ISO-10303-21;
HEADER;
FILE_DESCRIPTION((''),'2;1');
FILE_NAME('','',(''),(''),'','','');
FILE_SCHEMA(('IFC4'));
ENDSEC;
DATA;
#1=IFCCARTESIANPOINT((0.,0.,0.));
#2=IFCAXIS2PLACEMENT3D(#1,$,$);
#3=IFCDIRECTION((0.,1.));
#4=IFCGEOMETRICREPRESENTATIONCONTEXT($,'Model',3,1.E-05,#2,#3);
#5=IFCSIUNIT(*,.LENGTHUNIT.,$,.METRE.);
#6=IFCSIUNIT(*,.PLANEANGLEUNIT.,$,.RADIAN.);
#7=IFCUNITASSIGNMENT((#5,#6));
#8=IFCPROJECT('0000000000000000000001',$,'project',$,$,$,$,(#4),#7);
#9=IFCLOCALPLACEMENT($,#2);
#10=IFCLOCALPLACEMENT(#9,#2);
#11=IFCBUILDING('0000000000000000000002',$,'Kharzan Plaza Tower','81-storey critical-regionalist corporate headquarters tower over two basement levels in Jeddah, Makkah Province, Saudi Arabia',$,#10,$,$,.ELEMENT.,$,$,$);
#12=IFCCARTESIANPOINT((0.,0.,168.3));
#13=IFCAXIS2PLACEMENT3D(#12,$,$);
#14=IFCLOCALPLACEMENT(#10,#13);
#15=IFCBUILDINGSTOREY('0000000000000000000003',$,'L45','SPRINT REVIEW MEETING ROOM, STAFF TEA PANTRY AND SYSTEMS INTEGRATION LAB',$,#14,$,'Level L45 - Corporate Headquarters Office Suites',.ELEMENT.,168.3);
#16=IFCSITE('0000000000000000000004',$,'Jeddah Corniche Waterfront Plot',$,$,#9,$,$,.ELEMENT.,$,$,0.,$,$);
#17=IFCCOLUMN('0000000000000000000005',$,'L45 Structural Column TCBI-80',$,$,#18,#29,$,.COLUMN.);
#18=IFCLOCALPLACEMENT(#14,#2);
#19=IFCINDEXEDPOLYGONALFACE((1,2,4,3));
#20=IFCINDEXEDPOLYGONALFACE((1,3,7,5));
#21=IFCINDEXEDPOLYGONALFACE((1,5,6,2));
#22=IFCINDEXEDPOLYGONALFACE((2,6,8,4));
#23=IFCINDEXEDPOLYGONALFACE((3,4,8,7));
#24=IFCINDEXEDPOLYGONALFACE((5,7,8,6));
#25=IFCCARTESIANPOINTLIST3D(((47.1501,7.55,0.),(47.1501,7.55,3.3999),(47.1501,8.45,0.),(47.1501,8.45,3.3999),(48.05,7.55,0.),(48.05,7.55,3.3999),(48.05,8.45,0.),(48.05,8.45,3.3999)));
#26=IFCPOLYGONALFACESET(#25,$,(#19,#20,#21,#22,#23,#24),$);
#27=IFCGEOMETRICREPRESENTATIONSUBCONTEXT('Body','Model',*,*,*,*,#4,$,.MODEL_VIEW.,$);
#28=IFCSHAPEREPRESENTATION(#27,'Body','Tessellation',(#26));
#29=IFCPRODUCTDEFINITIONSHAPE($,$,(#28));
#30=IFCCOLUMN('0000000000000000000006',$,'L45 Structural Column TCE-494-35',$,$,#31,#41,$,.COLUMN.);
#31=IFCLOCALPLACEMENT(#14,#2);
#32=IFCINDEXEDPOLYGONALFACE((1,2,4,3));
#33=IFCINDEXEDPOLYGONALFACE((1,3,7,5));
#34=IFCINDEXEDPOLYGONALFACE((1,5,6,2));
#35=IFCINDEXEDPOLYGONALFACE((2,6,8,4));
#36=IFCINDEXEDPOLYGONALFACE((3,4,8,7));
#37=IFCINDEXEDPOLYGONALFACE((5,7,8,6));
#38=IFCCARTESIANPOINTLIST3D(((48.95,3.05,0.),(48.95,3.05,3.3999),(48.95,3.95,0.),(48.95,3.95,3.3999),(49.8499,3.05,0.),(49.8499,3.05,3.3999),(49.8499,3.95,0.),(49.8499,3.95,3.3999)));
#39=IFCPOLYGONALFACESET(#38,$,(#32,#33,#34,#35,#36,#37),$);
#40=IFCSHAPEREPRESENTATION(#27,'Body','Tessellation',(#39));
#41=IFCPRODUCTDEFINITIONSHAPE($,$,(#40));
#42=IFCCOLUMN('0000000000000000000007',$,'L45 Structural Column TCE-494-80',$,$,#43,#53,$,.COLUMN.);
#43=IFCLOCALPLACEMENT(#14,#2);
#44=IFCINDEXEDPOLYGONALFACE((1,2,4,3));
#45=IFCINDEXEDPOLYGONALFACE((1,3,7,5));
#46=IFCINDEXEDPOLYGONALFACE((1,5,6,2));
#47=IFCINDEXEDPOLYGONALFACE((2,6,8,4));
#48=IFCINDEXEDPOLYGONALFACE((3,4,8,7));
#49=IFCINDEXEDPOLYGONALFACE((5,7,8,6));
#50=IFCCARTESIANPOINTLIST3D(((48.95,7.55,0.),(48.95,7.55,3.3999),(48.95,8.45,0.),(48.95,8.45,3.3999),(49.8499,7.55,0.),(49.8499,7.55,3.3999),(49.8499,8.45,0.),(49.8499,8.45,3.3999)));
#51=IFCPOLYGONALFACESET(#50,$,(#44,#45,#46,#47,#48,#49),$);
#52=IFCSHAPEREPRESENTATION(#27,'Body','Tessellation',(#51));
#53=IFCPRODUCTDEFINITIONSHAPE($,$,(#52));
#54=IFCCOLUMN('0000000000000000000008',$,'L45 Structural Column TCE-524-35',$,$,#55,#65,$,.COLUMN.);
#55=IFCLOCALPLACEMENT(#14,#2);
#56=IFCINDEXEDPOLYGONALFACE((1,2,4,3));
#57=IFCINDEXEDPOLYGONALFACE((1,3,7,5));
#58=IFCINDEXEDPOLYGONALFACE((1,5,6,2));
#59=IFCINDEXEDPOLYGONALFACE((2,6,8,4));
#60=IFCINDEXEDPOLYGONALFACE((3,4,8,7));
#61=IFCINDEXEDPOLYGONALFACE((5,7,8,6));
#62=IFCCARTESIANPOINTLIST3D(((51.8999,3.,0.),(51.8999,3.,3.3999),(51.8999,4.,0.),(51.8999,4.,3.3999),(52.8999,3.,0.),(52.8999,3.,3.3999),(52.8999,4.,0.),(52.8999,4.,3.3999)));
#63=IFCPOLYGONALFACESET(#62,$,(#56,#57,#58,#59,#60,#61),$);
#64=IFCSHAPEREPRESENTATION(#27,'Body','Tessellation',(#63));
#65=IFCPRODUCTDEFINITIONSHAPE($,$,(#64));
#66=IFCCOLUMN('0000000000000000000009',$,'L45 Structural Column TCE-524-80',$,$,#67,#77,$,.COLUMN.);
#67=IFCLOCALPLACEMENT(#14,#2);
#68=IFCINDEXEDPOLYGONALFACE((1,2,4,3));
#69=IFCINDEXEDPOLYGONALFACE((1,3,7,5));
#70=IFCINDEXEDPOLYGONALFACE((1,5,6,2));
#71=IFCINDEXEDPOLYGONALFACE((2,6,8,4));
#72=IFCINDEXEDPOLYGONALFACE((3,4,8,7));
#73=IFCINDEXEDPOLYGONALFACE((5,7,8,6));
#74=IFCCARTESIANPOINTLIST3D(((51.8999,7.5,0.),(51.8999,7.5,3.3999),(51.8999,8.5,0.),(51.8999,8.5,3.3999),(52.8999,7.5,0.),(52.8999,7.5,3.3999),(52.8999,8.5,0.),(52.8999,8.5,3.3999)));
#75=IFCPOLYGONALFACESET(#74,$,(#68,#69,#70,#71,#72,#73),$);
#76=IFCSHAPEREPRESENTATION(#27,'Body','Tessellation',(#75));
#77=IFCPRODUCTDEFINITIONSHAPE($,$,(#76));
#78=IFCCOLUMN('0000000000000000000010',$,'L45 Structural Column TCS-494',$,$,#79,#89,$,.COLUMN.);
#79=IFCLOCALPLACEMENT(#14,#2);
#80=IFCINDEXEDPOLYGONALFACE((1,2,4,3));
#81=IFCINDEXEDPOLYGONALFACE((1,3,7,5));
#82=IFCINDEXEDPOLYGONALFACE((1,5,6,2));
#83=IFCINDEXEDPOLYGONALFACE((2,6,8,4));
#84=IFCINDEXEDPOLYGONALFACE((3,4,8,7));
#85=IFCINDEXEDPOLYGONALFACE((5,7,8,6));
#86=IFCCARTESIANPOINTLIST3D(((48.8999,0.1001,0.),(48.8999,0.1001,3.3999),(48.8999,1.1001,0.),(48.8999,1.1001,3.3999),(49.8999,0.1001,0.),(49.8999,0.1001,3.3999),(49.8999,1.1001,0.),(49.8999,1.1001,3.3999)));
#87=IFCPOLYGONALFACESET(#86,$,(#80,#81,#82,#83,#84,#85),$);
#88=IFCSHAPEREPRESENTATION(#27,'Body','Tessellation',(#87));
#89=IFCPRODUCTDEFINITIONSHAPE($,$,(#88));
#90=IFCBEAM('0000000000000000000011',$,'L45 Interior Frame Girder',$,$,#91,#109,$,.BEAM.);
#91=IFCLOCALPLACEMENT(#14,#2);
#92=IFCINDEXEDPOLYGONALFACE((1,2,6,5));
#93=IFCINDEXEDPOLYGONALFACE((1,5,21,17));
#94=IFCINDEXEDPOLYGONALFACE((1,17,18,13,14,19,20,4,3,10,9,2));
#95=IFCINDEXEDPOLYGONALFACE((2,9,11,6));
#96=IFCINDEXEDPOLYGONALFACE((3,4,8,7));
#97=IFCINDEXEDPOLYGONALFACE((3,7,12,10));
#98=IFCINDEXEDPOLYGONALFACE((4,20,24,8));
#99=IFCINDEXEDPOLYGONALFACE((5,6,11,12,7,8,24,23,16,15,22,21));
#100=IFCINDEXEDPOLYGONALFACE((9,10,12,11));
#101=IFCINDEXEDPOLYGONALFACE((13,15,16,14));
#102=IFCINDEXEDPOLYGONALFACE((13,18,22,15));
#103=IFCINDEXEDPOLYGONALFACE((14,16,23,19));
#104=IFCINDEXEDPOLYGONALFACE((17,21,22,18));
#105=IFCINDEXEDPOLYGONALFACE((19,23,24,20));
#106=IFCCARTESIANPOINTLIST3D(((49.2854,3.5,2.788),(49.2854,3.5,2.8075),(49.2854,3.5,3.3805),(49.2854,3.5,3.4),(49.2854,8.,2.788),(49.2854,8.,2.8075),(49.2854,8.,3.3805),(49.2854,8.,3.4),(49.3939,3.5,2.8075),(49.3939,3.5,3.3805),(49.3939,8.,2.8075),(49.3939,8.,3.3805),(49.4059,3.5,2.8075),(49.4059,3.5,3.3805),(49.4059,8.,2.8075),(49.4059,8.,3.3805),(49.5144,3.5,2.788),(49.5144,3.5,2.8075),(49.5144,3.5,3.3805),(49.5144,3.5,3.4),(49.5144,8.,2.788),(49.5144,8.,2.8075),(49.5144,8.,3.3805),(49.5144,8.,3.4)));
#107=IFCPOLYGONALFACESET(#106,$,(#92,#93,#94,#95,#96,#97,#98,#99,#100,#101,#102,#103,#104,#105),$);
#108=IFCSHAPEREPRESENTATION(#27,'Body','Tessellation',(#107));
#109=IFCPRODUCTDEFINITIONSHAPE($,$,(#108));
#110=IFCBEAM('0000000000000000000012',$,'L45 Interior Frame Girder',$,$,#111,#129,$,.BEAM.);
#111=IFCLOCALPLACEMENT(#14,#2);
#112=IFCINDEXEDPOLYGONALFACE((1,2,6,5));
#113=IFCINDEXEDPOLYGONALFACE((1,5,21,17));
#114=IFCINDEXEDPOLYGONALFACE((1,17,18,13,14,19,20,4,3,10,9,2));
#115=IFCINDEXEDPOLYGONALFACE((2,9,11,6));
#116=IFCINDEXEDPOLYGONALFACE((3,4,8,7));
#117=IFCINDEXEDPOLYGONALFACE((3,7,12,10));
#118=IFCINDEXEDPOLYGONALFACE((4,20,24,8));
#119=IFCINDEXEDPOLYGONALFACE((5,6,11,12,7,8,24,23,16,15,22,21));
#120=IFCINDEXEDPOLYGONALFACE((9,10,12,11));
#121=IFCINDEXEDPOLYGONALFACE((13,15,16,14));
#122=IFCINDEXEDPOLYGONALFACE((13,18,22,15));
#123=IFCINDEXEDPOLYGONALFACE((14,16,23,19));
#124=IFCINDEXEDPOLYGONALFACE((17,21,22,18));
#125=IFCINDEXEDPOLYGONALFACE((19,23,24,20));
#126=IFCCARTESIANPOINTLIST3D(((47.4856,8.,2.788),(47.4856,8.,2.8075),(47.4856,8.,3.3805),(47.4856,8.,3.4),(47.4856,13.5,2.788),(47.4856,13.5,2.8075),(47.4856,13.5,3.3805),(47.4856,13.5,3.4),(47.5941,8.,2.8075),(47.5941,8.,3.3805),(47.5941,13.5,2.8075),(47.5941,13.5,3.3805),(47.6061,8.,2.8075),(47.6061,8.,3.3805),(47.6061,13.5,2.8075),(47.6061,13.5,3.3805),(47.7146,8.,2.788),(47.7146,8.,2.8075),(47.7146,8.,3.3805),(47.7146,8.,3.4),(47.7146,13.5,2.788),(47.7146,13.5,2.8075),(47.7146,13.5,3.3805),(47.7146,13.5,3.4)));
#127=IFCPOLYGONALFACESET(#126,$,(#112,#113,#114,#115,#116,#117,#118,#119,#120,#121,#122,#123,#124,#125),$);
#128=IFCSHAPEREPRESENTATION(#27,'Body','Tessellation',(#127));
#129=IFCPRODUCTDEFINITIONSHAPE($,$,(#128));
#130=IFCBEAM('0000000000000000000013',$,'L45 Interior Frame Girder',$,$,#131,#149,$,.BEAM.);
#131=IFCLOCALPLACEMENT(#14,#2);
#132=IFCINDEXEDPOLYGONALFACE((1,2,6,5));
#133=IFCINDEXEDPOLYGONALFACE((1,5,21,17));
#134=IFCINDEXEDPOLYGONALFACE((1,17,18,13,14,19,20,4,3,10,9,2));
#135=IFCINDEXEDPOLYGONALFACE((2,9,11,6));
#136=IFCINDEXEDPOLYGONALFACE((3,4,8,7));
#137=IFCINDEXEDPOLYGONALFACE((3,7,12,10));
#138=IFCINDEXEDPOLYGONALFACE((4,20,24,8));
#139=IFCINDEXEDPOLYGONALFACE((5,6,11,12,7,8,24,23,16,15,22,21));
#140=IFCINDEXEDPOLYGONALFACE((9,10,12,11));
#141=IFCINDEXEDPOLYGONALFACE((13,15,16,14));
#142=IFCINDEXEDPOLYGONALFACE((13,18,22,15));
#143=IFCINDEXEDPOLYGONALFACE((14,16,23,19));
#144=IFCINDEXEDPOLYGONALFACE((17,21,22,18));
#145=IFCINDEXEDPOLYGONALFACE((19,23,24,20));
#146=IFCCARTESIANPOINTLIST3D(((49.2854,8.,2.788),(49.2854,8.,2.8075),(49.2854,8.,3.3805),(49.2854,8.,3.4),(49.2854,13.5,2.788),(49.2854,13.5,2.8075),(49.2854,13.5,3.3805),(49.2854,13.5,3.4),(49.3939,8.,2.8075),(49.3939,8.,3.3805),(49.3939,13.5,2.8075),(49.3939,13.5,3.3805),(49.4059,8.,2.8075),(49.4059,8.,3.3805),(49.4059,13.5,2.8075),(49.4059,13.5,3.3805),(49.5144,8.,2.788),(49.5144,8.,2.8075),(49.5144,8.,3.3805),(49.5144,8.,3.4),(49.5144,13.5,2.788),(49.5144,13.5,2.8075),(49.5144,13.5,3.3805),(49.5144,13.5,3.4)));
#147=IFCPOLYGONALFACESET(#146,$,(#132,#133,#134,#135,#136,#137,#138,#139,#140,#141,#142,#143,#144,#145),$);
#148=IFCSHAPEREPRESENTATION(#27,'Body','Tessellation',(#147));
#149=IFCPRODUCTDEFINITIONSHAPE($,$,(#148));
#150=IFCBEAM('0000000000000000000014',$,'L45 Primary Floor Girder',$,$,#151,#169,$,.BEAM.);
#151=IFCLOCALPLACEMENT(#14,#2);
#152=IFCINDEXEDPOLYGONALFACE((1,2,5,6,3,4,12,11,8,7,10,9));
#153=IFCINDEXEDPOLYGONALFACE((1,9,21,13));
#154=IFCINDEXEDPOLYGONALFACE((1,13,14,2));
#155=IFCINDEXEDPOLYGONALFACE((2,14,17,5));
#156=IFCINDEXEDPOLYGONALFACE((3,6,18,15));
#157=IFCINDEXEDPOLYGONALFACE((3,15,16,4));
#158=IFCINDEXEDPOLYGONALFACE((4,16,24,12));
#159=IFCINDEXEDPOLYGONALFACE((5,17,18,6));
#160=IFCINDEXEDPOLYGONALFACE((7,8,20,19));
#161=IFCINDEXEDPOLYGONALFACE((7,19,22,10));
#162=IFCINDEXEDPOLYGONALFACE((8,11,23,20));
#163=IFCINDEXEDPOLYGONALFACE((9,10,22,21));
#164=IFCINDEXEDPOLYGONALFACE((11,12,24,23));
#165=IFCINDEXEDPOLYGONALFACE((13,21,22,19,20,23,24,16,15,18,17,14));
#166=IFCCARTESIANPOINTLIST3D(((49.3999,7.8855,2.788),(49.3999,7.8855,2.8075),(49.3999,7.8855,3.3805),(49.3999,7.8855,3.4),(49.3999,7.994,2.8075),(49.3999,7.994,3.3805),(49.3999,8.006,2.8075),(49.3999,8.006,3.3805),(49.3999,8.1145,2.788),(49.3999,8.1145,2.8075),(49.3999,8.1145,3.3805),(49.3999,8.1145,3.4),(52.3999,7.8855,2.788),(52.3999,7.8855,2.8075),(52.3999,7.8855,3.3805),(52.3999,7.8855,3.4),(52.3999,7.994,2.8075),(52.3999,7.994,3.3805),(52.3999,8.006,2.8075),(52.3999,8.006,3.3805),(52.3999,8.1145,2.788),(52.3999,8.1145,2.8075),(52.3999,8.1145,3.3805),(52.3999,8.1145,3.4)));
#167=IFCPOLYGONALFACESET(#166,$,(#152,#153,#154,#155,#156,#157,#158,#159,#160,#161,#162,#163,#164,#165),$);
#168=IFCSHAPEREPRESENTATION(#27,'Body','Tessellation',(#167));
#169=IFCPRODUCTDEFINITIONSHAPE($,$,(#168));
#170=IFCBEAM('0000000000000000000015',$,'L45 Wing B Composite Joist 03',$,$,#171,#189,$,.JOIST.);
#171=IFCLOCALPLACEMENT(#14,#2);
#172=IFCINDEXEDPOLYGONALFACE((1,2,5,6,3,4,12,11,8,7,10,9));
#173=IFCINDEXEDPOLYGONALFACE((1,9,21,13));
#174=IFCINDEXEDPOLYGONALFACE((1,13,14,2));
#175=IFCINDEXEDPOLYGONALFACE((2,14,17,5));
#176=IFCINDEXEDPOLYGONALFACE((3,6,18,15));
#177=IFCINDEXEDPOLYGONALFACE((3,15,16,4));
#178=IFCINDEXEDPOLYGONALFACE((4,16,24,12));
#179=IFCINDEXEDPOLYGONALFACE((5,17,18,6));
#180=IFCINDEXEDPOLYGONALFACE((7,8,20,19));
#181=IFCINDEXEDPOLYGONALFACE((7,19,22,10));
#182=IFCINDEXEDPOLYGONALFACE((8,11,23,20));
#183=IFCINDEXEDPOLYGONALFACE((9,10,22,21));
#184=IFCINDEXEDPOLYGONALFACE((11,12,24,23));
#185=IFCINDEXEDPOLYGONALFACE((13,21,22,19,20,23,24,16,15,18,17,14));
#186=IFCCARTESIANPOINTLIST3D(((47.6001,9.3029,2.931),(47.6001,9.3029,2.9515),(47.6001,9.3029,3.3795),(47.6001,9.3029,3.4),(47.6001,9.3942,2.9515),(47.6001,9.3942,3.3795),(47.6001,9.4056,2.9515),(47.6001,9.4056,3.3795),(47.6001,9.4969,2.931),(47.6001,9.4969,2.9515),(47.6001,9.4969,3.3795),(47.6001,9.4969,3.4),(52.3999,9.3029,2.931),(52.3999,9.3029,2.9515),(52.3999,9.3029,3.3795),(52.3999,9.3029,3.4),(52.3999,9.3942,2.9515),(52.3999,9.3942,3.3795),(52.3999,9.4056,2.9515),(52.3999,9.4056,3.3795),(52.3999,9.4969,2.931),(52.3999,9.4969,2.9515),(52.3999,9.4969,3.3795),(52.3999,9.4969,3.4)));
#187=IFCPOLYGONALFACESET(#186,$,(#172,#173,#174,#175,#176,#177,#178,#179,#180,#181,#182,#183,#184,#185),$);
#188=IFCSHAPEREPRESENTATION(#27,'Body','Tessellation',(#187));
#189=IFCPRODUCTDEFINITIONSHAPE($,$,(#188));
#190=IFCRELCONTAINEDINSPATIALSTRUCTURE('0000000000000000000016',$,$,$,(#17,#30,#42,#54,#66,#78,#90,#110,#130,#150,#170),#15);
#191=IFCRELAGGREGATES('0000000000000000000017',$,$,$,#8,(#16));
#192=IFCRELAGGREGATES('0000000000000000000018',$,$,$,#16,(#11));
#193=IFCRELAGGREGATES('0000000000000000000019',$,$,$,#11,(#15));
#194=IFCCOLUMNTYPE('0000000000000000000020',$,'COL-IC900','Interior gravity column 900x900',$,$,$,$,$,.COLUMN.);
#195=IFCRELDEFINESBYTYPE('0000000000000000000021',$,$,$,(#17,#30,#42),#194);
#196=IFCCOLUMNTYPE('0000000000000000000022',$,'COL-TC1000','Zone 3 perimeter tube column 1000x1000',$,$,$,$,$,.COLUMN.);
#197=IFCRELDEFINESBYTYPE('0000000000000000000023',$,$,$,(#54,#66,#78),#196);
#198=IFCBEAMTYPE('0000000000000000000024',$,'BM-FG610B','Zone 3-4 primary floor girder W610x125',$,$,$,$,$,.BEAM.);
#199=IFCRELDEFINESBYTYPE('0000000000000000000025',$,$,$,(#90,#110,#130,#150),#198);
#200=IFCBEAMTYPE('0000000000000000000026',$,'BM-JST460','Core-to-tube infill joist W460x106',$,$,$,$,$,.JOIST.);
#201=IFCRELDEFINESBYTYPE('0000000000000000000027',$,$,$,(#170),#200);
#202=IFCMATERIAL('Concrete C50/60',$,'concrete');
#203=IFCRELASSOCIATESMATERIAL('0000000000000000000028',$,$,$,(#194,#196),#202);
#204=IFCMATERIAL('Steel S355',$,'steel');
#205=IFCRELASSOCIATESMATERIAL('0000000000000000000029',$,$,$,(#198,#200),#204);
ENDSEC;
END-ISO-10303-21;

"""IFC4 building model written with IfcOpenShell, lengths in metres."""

from ifc_helpers import new_model, si_unit, direction, frame, origin, origin_2d, place, context, subcontext, project, spatial, rectangle, i_section, extrude, source, transform, mapped, material, material_profile, profile_set, type_object, element, save


model = new_model("IFC4")

# Units and contexts
model_context = context("Model", 3, precision=1e-05, world=origin(), true_north=direction((0.0, 1.0)))
body_context = subcontext(model_context, "Body", "Model", "MODEL_VIEW")
ifc_project = project(units=[si_unit("LENGTHUNIT", "METRE"), si_unit("PLANEANGLEUNIT", "RADIAN")], contexts=[model_context])

# Site, building, storey
site_placement = place(None, origin())
site = spatial("IfcSite", under=ifc_project, at=site_placement, Name="Jeddah Corniche Waterfront Plot", CompositionType="ELEMENT", RefElevation=0.0)
building_placement = place(site_placement, origin())
building = spatial("IfcBuilding", under=site, at=building_placement, Name="Kharzan Plaza Tower", Description="81-storey critical-regionalist corporate headquarters tower over two basement levels in Jeddah, Makkah Province, Saudi Arabia", CompositionType="ELEMENT")
storey_placement = place(building_placement, frame((0.0, 0.0, 168.3)))
storey = spatial("IfcBuildingStorey", under=building, at=storey_placement, Name="L45", Description="SPRINT REVIEW MEETING ROOM, STAFF TEA PANTRY AND SYSTEMS INTEGRATION LAB", LongName="Level L45 - Corporate Headquarters Office Suites", CompositionType="ELEMENT", Elevation=168.3)

# Columns
ifc_material_1 = material(Name="Concrete C50/60", Category="concrete")
ifc_material_profile_1 = material_profile(ifc_material_1, rectangle(XDim=0.8999, YDim=0.8999, at=origin_2d()), Name="RC-IC900x900")
ifc_profile_set_1 = profile_set([ifc_material_profile_1], Name="Concrete C50/60")
column_type_1 = type_object("IfcColumnType", Name="COL-IC900", Description="Interior gravity column 900x900", PredefinedType="COLUMN", material=ifc_profile_set_1)
shared_shape_1 = source(origin(), body_context, "Body", "SweptSolid", [
    extrude(rectangle(XDim=0.8999, YDim=0.8999, at=origin_2d()), origin(), (0.0, 0.0, 1.0), 3.3999),
])
for number, where, z_axis, x_axis, name in (
    (1, (47.6001, 8.0, 0.0), (0.0, 0.0, 1.0), (1.0, 0.0, 0.0), "L45 Structural Column TCBI-80"),
    (2, (49.3999, 3.5, 0.0), (0.0, 0.0, 1.0), (1.0, 0.0, 0.0), "L45 Structural Column TCE-494-35"),
    (3, (49.3999, 8.0, 0.0), (0.0, 0.0, 1.0), (1.0, 0.0, 0.0), "L45 Structural Column TCE-494-80"),
):
    element("IfcColumn", number, at=place(storey_placement, frame(where, z_axis=z_axis, x_axis=x_axis)), inside=storey, type_object=column_type_1, Name=name, PredefinedType="COLUMN", context=body_context, shape_type="MappedRepresentation", body=[
        mapped(shared_shape_1, transform((0.0, 0.0, 0.0), x_axis=(1.0, 0.0, 0.0), y_axis=(0.0, 1.0, 0.0), z_axis=(0.0, 0.0, 1.0))),
    ])
ifc_material_profile_2 = material_profile(ifc_material_1, rectangle(XDim=1.0, YDim=1.0, at=origin_2d()), Name="RC-TC1000x1000")
ifc_profile_set_2 = profile_set([ifc_material_profile_2], Name="Concrete C50/60")
column_type_2 = type_object("IfcColumnType", Name="COL-TC1000", Description="Zone 3 perimeter tube column 1000x1000", PredefinedType="COLUMN", material=ifc_profile_set_2)
shared_shape_2 = source(origin(), body_context, "Body", "SweptSolid", [
    extrude(rectangle(XDim=1.0, YDim=1.0, at=origin_2d()), origin(), (0.0, 0.0, 1.0), 3.3999),
])
for number, where, z_axis, x_axis, name in (
    (4, (52.3999, 3.5, 0.0), (0.0, 0.0, 1.0), (1.0, 0.0, 0.0), "L45 Structural Column TCE-524-35"),
    (5, (52.3999, 8.0, 0.0), (0.0, 0.0, 1.0), (1.0, 0.0, 0.0), "L45 Structural Column TCE-524-80"),
    (6, (49.3999, 0.6001, 0.0), (0.0, 0.0, 1.0), (1.0, 0.0, 0.0), "L45 Structural Column TCS-494"),
):
    element("IfcColumn", number, at=place(storey_placement, frame(where, z_axis=z_axis, x_axis=x_axis)), inside=storey, type_object=column_type_2, Name=name, PredefinedType="COLUMN", context=body_context, shape_type="MappedRepresentation", body=[
        mapped(shared_shape_2, transform((0.0, 0.0, 0.0), x_axis=(1.0, 0.0, 0.0), y_axis=(0.0, 1.0, 0.0), z_axis=(0.0, 0.0, 1.0))),
    ])

# Beams
ifc_material_2 = material(Name="Steel S355", Category="steel")
ifc_material_profile_3 = material_profile(ifc_material_2, i_section(OverallWidth=0.229, OverallDepth=0.6121, WebThickness=0.012, FlangeThickness=0.0195, at=origin_2d()), Name="W610x125")
ifc_profile_set_3 = profile_set([ifc_material_profile_3], Name="Steel S355")
beam_type_1 = type_object("IfcBeamType", Name="BM-FG610B", Description="Zone 3-4 primary floor girder W610x125", PredefinedType="BEAM", material=ifc_profile_set_3)
shared_shape_3 = source(origin(), body_context, "Body", "SweptSolid", [
    extrude(i_section(OverallWidth=0.229, OverallDepth=0.6121, WebThickness=0.012, FlangeThickness=0.0195, at=origin_2d()), origin(), (0.0, 0.0, 1.0), 4.5),
])
beam_1_placement = place(storey_placement, frame((49.3999, 3.5, 3.094), z_axis=(0.0, 1.0, 0.0), x_axis=(-1.0, 0.0, 0.0)))
element("IfcBeam", 7, at=beam_1_placement, inside=storey, type_object=beam_type_1, Name="L45 Interior Frame Girder", PredefinedType="BEAM", context=body_context, shape_type="MappedRepresentation", body=[
    mapped(shared_shape_3, transform((0.0, 0.0, 0.0), x_axis=(1.0, 0.0, 0.0), y_axis=(0.0, 1.0, 0.0), z_axis=(0.0, 0.0, 1.0))),
])
shared_shape_4 = source(origin(), body_context, "Body", "SweptSolid", [
    extrude(i_section(OverallWidth=0.229, OverallDepth=0.6121, WebThickness=0.012, FlangeThickness=0.0195, at=origin_2d()), origin(), (0.0, 0.0, 1.0), 5.5),
])
for number, where, z_axis, x_axis, name in (
    (8, (47.6001, 8.0, 3.094), (0.0, 1.0, 0.0), (-1.0, 0.0, 0.0), "L45 Interior Frame Girder"),
    (9, (49.3999, 8.0, 3.094), (0.0, 1.0, 0.0), (-1.0, 0.0, 0.0), "L45 Interior Frame Girder"),
):
    element("IfcBeam", number, at=place(storey_placement, frame(where, z_axis=z_axis, x_axis=x_axis)), inside=storey, type_object=beam_type_1, Name=name, PredefinedType="BEAM", context=body_context, shape_type="MappedRepresentation", body=[
        mapped(shared_shape_4, transform((0.0, 0.0, 0.0), x_axis=(1.0, 0.0, 0.0), y_axis=(0.0, 1.0, 0.0), z_axis=(0.0, 0.0, 1.0))),
    ])
shared_shape_5 = source(origin(), body_context, "Body", "SweptSolid", [
    extrude(i_section(OverallWidth=0.229, OverallDepth=0.6121, WebThickness=0.012, FlangeThickness=0.0195, at=origin_2d()), origin(), (0.0, 0.0, 1.0), 3.0),
])
beam_2_placement = place(storey_placement, frame((49.3999, 8.0, 3.094), z_axis=(1.0, 0.0, 0.0), x_axis=(0.0, 1.0, 0.0)))
element("IfcBeam", 10, at=beam_2_placement, inside=storey, type_object=beam_type_1, Name="L45 Primary Floor Girder", PredefinedType="BEAM", context=body_context, shape_type="MappedRepresentation", body=[
    mapped(shared_shape_5, transform((0.0, 0.0, 0.0), x_axis=(1.0, 0.0, 0.0), y_axis=(0.0, 1.0, 0.0), z_axis=(0.0, 0.0, 1.0))),
])
ifc_material_profile_4 = material_profile(ifc_material_2, i_section(OverallWidth=0.1941, OverallDepth=0.469, WebThickness=0.0115, FlangeThickness=0.0205, at=origin_2d()), Name="W460x106")
ifc_profile_set_4 = profile_set([ifc_material_profile_4], Name="Steel S355")
beam_type_2 = type_object("IfcBeamType", Name="BM-JST460", Description="Core-to-tube infill joist W460x106", PredefinedType="JOIST", material=ifc_profile_set_4)
shared_shape_6 = source(origin(), body_context, "Body", "SweptSolid", [
    extrude(i_section(OverallWidth=0.1941, OverallDepth=0.469, WebThickness=0.0115, FlangeThickness=0.0205, at=origin_2d()), origin(), (0.0, 0.0, 1.0), 4.7998),
])
beam_3_placement = place(storey_placement, frame((47.6001, 9.3999, 3.1655), z_axis=(1.0, 0.0, 0.0), x_axis=(0.0, 1.0, 0.0)))
element("IfcBeam", 11, at=beam_3_placement, inside=storey, type_object=beam_type_2, Name="L45 Wing B Composite Joist 03", PredefinedType="JOIST", context=body_context, shape_type="MappedRepresentation", body=[
    mapped(shared_shape_6, transform((0.0, 0.0, 0.0), x_axis=(1.0, 0.0, 0.0), y_axis=(0.0, 1.0, 0.0), z_axis=(0.0, 0.0, 1.0))),
])

save(model, "model.ifc")
